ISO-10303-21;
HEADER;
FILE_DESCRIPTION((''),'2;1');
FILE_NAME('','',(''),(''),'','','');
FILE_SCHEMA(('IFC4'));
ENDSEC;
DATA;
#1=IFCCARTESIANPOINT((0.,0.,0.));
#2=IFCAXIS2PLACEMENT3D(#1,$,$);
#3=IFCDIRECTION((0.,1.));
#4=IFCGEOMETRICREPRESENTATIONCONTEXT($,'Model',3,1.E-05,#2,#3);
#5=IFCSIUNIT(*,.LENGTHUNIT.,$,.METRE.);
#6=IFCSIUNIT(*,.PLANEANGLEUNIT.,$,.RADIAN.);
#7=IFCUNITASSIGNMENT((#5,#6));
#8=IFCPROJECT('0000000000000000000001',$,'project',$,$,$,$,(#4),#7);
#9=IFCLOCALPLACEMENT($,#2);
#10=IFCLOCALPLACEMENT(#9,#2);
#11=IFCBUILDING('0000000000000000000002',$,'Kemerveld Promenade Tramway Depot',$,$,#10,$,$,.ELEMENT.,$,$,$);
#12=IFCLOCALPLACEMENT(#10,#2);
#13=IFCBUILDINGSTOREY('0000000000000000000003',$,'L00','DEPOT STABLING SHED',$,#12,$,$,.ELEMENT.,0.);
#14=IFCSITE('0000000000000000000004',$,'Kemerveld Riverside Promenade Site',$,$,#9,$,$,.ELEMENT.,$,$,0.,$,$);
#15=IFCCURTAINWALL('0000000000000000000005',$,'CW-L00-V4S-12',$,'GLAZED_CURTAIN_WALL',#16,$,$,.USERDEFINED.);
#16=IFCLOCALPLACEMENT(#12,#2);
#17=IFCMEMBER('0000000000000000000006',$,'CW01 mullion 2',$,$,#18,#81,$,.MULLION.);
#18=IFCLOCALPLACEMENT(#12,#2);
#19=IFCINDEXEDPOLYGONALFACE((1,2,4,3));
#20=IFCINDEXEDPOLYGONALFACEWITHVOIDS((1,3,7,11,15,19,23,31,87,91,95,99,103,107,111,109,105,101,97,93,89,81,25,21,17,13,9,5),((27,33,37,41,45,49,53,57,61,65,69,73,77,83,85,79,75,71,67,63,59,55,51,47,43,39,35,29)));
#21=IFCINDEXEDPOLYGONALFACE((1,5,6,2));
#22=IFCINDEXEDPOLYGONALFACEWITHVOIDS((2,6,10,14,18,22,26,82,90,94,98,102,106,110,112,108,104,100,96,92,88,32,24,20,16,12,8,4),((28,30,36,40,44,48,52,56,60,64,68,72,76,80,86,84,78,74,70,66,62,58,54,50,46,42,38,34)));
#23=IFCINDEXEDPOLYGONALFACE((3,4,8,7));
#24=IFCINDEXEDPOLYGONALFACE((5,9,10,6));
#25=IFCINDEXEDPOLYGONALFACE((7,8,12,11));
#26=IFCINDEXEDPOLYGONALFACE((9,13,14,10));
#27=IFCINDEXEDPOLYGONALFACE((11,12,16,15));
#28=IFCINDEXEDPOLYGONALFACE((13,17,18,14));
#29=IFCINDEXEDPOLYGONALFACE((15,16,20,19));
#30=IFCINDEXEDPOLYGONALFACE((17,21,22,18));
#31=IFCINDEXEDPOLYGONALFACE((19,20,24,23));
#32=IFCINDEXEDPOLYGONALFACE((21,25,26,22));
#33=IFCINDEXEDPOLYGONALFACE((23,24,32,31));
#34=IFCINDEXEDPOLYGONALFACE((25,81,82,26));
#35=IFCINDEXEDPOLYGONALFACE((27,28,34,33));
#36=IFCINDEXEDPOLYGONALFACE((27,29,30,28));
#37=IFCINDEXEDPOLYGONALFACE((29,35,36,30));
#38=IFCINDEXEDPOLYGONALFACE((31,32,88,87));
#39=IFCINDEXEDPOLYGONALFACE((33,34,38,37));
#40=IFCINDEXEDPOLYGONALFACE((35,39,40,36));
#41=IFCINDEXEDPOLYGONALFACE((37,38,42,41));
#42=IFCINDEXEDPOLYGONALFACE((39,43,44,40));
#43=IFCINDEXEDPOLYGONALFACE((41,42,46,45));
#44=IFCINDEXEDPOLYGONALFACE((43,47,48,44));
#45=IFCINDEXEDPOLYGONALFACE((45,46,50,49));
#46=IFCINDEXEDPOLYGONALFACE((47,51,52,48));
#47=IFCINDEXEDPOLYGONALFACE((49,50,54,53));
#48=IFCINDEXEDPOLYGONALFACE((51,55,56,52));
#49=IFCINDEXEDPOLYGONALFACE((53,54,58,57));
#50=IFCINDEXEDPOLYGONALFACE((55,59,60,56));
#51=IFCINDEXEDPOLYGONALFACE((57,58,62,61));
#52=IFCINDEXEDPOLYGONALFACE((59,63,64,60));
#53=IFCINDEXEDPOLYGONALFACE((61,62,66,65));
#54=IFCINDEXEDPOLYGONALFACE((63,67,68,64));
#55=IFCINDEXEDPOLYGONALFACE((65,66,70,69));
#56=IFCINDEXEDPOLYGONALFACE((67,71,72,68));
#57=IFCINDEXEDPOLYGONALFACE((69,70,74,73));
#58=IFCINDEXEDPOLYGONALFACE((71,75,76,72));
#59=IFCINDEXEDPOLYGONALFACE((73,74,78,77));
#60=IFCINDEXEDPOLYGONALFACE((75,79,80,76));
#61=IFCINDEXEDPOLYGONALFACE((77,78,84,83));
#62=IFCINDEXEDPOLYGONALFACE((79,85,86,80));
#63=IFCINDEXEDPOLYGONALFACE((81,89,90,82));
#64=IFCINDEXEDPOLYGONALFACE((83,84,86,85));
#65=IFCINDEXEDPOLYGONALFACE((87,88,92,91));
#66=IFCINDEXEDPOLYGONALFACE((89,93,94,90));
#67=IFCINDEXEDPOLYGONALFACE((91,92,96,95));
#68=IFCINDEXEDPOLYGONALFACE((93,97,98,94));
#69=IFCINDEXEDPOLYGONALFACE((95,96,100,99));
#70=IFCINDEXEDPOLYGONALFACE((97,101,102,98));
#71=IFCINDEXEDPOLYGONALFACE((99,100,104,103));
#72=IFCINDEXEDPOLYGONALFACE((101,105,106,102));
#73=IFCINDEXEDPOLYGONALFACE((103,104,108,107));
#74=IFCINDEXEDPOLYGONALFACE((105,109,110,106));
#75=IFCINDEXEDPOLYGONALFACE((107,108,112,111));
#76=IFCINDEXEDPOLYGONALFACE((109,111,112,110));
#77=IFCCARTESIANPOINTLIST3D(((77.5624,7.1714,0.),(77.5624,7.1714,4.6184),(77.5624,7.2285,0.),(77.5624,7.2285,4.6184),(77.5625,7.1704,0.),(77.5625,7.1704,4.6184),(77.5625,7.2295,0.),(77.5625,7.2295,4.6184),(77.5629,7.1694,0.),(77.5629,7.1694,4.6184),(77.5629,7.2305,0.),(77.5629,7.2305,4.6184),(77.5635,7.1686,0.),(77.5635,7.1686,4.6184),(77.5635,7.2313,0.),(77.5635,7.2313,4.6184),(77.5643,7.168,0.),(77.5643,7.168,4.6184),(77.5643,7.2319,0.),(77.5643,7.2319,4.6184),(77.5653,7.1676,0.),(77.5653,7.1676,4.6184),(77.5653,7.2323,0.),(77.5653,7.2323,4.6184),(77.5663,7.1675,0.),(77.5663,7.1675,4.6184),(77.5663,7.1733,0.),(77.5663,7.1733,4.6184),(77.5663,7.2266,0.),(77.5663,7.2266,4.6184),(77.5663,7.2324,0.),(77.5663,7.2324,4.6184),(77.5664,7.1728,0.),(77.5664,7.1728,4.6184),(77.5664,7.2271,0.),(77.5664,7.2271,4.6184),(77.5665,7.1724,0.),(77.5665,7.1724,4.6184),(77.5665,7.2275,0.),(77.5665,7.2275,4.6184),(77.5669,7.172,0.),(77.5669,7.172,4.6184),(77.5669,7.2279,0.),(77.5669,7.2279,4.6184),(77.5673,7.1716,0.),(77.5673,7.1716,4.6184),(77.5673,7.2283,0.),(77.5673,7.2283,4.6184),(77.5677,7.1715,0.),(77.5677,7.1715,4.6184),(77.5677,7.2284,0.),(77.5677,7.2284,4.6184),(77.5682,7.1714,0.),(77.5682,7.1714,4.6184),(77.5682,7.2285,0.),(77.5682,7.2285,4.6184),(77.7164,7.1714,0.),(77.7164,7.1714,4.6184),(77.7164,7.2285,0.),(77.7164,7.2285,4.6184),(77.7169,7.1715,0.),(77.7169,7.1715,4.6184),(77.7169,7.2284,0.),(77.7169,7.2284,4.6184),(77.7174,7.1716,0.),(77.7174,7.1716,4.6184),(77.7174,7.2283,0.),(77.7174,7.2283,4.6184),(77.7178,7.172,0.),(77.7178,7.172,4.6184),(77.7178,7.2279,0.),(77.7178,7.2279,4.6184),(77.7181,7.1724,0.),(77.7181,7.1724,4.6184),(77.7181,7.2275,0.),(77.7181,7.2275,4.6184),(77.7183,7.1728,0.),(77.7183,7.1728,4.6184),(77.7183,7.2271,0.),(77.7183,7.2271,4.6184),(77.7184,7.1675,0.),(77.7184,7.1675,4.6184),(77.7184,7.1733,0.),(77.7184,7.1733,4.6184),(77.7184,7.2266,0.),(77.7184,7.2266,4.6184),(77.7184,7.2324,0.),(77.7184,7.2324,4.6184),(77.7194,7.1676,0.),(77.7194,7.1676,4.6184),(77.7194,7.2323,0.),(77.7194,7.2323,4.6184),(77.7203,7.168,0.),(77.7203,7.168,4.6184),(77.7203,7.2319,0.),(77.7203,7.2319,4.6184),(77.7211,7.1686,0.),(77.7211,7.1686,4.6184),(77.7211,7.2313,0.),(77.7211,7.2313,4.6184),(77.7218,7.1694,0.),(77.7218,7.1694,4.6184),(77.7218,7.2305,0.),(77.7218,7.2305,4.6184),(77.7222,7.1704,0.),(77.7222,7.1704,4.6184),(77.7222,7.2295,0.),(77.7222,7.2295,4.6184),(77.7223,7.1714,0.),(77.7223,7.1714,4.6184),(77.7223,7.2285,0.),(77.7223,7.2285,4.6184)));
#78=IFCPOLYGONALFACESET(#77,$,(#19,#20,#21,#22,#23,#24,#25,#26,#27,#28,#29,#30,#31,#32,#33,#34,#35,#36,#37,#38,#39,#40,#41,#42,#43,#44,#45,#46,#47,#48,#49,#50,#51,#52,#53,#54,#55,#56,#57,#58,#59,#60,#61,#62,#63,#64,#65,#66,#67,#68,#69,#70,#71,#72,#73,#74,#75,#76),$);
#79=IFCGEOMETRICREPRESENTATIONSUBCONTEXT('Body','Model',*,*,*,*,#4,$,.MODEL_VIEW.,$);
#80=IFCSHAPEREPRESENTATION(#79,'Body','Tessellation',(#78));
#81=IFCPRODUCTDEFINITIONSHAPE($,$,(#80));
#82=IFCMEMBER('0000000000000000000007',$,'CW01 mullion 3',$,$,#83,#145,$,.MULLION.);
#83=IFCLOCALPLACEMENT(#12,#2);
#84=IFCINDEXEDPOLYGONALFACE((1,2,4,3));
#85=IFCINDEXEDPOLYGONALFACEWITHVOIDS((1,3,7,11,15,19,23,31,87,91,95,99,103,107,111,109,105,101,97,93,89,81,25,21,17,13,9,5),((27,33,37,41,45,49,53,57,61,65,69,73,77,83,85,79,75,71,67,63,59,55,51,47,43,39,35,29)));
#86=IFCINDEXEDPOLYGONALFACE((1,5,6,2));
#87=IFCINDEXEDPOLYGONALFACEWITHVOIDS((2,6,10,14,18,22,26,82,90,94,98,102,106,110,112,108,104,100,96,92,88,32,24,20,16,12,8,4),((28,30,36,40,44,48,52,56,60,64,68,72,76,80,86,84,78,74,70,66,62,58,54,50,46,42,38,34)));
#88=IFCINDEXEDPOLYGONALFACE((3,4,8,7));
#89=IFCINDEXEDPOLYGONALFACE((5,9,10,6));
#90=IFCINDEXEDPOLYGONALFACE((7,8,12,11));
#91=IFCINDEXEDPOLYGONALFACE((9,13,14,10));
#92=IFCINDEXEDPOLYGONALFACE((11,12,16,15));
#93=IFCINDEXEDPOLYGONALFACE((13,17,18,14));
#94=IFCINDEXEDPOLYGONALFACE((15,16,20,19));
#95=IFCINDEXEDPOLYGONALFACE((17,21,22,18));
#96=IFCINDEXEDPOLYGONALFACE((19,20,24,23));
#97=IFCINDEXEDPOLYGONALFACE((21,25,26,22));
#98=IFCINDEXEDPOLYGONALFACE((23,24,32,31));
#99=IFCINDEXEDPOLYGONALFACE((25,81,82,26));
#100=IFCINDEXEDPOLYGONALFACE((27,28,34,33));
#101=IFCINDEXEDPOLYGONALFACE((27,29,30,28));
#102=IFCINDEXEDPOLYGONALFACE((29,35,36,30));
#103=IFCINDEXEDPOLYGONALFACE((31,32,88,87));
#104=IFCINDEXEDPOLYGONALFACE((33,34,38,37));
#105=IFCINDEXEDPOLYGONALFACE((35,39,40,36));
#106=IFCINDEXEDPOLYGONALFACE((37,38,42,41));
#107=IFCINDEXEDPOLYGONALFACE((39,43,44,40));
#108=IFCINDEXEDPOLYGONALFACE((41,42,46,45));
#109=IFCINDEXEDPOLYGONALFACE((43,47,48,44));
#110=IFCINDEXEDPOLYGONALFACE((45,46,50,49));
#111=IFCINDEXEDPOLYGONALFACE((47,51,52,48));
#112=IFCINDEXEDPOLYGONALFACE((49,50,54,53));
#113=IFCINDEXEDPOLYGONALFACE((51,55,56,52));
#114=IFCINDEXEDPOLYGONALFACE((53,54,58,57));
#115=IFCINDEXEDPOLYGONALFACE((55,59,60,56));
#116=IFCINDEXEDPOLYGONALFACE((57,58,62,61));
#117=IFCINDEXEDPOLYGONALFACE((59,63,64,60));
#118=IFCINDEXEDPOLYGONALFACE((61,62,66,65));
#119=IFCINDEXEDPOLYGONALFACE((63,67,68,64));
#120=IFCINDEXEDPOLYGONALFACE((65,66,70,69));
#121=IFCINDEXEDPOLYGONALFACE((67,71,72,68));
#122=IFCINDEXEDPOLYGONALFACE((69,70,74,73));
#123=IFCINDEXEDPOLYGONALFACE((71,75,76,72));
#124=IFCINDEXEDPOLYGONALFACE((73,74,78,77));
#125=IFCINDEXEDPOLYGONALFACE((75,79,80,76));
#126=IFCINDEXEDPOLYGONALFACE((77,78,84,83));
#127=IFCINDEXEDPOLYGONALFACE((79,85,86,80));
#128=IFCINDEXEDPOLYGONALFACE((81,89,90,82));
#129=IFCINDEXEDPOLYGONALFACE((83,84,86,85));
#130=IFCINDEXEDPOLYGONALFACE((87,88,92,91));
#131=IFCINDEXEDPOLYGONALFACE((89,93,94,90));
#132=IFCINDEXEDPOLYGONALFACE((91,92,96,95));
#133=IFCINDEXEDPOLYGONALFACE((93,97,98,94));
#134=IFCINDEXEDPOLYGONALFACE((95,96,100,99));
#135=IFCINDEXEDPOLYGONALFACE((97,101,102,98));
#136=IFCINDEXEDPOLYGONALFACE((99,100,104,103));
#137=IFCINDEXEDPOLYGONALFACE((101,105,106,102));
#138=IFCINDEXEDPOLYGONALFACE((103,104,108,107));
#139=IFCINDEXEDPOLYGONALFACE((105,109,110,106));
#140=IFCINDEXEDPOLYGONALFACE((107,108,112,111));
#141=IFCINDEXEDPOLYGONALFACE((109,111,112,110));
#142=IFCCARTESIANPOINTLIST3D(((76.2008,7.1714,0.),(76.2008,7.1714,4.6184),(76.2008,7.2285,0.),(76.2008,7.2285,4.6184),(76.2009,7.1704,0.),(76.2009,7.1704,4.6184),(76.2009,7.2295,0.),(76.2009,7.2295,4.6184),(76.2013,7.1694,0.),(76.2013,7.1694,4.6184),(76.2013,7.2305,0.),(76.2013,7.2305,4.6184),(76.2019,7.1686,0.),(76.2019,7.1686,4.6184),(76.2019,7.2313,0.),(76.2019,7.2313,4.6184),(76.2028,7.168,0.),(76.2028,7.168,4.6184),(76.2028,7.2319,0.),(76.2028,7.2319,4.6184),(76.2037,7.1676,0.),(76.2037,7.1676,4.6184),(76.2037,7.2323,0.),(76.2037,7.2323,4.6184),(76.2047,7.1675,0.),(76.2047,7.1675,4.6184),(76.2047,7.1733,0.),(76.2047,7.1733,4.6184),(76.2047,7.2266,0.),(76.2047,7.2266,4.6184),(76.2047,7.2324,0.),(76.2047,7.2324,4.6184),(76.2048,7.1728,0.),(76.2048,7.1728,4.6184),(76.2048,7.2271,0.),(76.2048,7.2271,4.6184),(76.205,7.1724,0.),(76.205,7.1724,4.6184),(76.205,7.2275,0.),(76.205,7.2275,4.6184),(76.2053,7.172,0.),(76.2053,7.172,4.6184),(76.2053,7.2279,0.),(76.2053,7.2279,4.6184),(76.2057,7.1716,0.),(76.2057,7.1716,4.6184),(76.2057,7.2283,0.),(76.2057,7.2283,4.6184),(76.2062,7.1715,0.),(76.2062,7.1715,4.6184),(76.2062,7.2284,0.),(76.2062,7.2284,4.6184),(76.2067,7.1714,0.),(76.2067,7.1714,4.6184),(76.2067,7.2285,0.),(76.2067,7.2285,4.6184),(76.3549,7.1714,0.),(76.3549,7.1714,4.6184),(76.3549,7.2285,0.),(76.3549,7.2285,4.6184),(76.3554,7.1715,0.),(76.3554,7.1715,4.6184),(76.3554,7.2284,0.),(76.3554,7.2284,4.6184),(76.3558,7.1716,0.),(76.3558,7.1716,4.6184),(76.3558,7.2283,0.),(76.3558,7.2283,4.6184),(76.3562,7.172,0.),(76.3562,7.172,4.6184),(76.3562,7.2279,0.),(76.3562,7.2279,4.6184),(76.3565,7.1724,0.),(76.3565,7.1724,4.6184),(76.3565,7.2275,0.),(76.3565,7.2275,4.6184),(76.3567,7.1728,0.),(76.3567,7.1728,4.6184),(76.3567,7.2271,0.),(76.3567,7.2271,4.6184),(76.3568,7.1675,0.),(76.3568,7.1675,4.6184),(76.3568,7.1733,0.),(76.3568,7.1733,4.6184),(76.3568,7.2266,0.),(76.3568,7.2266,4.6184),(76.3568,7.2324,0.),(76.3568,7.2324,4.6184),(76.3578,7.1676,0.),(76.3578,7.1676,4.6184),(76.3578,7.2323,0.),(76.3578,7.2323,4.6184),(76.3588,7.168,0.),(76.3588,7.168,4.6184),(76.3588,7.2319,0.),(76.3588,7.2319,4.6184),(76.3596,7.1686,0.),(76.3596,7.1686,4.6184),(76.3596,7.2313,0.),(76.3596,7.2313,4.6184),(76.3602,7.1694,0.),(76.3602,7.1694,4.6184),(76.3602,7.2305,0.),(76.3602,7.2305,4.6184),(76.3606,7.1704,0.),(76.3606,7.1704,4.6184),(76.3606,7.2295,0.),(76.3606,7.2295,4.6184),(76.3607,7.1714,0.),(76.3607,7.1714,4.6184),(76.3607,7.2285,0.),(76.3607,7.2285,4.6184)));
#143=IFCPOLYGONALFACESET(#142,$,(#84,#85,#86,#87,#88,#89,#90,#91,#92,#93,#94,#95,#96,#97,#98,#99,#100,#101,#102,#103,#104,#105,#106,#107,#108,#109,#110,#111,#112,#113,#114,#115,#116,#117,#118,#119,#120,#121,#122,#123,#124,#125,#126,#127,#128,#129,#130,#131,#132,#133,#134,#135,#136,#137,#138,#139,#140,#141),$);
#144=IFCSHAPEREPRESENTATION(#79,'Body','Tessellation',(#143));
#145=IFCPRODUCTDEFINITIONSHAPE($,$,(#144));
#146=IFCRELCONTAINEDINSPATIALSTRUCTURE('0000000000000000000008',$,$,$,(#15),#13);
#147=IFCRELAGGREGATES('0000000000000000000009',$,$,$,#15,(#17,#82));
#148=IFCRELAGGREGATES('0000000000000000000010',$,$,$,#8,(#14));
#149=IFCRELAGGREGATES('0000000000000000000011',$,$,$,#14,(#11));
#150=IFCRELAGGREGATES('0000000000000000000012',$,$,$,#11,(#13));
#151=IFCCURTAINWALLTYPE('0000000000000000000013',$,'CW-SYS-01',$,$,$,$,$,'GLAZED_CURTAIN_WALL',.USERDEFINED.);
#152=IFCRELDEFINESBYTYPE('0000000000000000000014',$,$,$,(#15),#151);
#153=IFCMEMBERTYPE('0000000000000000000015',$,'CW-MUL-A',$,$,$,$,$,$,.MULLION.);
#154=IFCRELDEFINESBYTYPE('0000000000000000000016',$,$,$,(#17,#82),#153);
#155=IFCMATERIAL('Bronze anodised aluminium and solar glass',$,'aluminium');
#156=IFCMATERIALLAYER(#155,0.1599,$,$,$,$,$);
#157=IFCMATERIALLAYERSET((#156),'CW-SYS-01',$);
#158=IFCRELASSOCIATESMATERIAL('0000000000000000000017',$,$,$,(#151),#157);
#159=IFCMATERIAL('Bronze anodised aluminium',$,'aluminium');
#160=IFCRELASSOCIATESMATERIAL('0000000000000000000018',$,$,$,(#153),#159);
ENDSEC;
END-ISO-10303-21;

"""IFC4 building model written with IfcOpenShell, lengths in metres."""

from ifc_helpers import new_model, si_unit, direction, frame, origin, origin_2d, place, context, subcontext, project, spatial, hollow_rectangle, extrude, material, layer, layer_set, material_profile, profile_set, type_object, element, aggregate, save


model = new_model("IFC4")

# Units and contexts
model_context = context("Model", 3, precision=1e-05, world=origin(), true_north=direction((0.0, 1.0)))
body_context = subcontext(model_context, "Body", "Model", "MODEL_VIEW")
ifc_project = project(units=[si_unit("LENGTHUNIT", "METRE"), si_unit("PLANEANGLEUNIT", "RADIAN")], contexts=[model_context])

# Site, building, storey
site_placement = place(None, origin())
site = spatial("IfcSite", under=ifc_project, at=site_placement, Name="Kemerveld Riverside Promenade Site", CompositionType="ELEMENT", RefElevation=0.0)
building_placement = place(site_placement, origin())
building = spatial("IfcBuilding", under=site, at=building_placement, Name="Kemerveld Promenade Tramway Depot", CompositionType="ELEMENT")
storey_placement = place(building_placement, origin())
storey = spatial("IfcBuildingStorey", under=building, at=storey_placement, Name="L00", Description="DEPOT STABLING SHED", CompositionType="ELEMENT", Elevation=0.0)

# Curtain wall, members
ifc_material_1 = material(Name="Bronze anodised aluminium and solar glass", Category="aluminium")
ifc_layer_1 = layer(ifc_material_1, 0.1599)
ifc_layer_set_1 = layer_set([ifc_layer_1], Name="CW-SYS-01")
curtain_wall_type = type_object("IfcCurtainWallType", Name="CW-SYS-01", ElementType="GLAZED_CURTAIN_WALL", PredefinedType="USERDEFINED", material=ifc_layer_set_1)
curtain_wall_placement = place(storey_placement, origin())
curtain_wall = element("IfcCurtainWall", 1, at=curtain_wall_placement, inside=storey, type_object=curtain_wall_type, Name="CW-L00-V4S-12", ObjectType="GLAZED_CURTAIN_WALL", PredefinedType="USERDEFINED")
ifc_material_2 = material(Name="Bronze anodised aluminium", Category="aluminium")
ifc_material_profile_1 = material_profile(ifc_material_2, hollow_rectangle(XDim=0.0649, YDim=0.1599, WallThickness=0.0039, InnerFilletRadius=0.002, OuterFilletRadius=0.0039, at=origin_2d()), Name="CW-MUL-160x65")
ifc_profile_set_1 = profile_set([ifc_material_profile_1], Name="Bronze anodised aluminium")
member_type_1 = type_object("IfcMemberType", Name="CW-MUL-A", PredefinedType="MULLION", material=ifc_profile_set_1)
member_1_placement = place(storey_placement, frame((77.6423, 7.2, 0.0), z_axis=(0.0, 0.0, 1.0), x_axis=(0.0, -1.0, 0.0)))
member_1 = element("IfcMember", 2, at=member_1_placement, type_object=member_type_1, Name="CW01 mullion 2", PredefinedType="MULLION", context=body_context, shape_type="SweptSolid", body=[
    extrude(hollow_rectangle(XDim=0.0649, YDim=0.1599, WallThickness=0.0039, InnerFilletRadius=0.002, OuterFilletRadius=0.0039, at=origin_2d()), origin(), (0.0, 0.0, 1.0), 4.6184),
])
member_2_placement = place(storey_placement, frame((76.2808, 7.2, 0.0), z_axis=(0.0, 0.0, 1.0), x_axis=(0.0, -1.0, 0.0)))
member_2 = element("IfcMember", 3, at=member_2_placement, type_object=member_type_1, Name="CW01 mullion 3", PredefinedType="MULLION", context=body_context, shape_type="SweptSolid", body=[
    extrude(hollow_rectangle(XDim=0.0649, YDim=0.1599, WallThickness=0.0039, InnerFilletRadius=0.002, OuterFilletRadius=0.0039, at=origin_2d()), origin(), (0.0, 0.0, 1.0), 4.6184),
])
aggregate(curtain_wall, [member_1, member_2])

save(model, "model.ifc")
